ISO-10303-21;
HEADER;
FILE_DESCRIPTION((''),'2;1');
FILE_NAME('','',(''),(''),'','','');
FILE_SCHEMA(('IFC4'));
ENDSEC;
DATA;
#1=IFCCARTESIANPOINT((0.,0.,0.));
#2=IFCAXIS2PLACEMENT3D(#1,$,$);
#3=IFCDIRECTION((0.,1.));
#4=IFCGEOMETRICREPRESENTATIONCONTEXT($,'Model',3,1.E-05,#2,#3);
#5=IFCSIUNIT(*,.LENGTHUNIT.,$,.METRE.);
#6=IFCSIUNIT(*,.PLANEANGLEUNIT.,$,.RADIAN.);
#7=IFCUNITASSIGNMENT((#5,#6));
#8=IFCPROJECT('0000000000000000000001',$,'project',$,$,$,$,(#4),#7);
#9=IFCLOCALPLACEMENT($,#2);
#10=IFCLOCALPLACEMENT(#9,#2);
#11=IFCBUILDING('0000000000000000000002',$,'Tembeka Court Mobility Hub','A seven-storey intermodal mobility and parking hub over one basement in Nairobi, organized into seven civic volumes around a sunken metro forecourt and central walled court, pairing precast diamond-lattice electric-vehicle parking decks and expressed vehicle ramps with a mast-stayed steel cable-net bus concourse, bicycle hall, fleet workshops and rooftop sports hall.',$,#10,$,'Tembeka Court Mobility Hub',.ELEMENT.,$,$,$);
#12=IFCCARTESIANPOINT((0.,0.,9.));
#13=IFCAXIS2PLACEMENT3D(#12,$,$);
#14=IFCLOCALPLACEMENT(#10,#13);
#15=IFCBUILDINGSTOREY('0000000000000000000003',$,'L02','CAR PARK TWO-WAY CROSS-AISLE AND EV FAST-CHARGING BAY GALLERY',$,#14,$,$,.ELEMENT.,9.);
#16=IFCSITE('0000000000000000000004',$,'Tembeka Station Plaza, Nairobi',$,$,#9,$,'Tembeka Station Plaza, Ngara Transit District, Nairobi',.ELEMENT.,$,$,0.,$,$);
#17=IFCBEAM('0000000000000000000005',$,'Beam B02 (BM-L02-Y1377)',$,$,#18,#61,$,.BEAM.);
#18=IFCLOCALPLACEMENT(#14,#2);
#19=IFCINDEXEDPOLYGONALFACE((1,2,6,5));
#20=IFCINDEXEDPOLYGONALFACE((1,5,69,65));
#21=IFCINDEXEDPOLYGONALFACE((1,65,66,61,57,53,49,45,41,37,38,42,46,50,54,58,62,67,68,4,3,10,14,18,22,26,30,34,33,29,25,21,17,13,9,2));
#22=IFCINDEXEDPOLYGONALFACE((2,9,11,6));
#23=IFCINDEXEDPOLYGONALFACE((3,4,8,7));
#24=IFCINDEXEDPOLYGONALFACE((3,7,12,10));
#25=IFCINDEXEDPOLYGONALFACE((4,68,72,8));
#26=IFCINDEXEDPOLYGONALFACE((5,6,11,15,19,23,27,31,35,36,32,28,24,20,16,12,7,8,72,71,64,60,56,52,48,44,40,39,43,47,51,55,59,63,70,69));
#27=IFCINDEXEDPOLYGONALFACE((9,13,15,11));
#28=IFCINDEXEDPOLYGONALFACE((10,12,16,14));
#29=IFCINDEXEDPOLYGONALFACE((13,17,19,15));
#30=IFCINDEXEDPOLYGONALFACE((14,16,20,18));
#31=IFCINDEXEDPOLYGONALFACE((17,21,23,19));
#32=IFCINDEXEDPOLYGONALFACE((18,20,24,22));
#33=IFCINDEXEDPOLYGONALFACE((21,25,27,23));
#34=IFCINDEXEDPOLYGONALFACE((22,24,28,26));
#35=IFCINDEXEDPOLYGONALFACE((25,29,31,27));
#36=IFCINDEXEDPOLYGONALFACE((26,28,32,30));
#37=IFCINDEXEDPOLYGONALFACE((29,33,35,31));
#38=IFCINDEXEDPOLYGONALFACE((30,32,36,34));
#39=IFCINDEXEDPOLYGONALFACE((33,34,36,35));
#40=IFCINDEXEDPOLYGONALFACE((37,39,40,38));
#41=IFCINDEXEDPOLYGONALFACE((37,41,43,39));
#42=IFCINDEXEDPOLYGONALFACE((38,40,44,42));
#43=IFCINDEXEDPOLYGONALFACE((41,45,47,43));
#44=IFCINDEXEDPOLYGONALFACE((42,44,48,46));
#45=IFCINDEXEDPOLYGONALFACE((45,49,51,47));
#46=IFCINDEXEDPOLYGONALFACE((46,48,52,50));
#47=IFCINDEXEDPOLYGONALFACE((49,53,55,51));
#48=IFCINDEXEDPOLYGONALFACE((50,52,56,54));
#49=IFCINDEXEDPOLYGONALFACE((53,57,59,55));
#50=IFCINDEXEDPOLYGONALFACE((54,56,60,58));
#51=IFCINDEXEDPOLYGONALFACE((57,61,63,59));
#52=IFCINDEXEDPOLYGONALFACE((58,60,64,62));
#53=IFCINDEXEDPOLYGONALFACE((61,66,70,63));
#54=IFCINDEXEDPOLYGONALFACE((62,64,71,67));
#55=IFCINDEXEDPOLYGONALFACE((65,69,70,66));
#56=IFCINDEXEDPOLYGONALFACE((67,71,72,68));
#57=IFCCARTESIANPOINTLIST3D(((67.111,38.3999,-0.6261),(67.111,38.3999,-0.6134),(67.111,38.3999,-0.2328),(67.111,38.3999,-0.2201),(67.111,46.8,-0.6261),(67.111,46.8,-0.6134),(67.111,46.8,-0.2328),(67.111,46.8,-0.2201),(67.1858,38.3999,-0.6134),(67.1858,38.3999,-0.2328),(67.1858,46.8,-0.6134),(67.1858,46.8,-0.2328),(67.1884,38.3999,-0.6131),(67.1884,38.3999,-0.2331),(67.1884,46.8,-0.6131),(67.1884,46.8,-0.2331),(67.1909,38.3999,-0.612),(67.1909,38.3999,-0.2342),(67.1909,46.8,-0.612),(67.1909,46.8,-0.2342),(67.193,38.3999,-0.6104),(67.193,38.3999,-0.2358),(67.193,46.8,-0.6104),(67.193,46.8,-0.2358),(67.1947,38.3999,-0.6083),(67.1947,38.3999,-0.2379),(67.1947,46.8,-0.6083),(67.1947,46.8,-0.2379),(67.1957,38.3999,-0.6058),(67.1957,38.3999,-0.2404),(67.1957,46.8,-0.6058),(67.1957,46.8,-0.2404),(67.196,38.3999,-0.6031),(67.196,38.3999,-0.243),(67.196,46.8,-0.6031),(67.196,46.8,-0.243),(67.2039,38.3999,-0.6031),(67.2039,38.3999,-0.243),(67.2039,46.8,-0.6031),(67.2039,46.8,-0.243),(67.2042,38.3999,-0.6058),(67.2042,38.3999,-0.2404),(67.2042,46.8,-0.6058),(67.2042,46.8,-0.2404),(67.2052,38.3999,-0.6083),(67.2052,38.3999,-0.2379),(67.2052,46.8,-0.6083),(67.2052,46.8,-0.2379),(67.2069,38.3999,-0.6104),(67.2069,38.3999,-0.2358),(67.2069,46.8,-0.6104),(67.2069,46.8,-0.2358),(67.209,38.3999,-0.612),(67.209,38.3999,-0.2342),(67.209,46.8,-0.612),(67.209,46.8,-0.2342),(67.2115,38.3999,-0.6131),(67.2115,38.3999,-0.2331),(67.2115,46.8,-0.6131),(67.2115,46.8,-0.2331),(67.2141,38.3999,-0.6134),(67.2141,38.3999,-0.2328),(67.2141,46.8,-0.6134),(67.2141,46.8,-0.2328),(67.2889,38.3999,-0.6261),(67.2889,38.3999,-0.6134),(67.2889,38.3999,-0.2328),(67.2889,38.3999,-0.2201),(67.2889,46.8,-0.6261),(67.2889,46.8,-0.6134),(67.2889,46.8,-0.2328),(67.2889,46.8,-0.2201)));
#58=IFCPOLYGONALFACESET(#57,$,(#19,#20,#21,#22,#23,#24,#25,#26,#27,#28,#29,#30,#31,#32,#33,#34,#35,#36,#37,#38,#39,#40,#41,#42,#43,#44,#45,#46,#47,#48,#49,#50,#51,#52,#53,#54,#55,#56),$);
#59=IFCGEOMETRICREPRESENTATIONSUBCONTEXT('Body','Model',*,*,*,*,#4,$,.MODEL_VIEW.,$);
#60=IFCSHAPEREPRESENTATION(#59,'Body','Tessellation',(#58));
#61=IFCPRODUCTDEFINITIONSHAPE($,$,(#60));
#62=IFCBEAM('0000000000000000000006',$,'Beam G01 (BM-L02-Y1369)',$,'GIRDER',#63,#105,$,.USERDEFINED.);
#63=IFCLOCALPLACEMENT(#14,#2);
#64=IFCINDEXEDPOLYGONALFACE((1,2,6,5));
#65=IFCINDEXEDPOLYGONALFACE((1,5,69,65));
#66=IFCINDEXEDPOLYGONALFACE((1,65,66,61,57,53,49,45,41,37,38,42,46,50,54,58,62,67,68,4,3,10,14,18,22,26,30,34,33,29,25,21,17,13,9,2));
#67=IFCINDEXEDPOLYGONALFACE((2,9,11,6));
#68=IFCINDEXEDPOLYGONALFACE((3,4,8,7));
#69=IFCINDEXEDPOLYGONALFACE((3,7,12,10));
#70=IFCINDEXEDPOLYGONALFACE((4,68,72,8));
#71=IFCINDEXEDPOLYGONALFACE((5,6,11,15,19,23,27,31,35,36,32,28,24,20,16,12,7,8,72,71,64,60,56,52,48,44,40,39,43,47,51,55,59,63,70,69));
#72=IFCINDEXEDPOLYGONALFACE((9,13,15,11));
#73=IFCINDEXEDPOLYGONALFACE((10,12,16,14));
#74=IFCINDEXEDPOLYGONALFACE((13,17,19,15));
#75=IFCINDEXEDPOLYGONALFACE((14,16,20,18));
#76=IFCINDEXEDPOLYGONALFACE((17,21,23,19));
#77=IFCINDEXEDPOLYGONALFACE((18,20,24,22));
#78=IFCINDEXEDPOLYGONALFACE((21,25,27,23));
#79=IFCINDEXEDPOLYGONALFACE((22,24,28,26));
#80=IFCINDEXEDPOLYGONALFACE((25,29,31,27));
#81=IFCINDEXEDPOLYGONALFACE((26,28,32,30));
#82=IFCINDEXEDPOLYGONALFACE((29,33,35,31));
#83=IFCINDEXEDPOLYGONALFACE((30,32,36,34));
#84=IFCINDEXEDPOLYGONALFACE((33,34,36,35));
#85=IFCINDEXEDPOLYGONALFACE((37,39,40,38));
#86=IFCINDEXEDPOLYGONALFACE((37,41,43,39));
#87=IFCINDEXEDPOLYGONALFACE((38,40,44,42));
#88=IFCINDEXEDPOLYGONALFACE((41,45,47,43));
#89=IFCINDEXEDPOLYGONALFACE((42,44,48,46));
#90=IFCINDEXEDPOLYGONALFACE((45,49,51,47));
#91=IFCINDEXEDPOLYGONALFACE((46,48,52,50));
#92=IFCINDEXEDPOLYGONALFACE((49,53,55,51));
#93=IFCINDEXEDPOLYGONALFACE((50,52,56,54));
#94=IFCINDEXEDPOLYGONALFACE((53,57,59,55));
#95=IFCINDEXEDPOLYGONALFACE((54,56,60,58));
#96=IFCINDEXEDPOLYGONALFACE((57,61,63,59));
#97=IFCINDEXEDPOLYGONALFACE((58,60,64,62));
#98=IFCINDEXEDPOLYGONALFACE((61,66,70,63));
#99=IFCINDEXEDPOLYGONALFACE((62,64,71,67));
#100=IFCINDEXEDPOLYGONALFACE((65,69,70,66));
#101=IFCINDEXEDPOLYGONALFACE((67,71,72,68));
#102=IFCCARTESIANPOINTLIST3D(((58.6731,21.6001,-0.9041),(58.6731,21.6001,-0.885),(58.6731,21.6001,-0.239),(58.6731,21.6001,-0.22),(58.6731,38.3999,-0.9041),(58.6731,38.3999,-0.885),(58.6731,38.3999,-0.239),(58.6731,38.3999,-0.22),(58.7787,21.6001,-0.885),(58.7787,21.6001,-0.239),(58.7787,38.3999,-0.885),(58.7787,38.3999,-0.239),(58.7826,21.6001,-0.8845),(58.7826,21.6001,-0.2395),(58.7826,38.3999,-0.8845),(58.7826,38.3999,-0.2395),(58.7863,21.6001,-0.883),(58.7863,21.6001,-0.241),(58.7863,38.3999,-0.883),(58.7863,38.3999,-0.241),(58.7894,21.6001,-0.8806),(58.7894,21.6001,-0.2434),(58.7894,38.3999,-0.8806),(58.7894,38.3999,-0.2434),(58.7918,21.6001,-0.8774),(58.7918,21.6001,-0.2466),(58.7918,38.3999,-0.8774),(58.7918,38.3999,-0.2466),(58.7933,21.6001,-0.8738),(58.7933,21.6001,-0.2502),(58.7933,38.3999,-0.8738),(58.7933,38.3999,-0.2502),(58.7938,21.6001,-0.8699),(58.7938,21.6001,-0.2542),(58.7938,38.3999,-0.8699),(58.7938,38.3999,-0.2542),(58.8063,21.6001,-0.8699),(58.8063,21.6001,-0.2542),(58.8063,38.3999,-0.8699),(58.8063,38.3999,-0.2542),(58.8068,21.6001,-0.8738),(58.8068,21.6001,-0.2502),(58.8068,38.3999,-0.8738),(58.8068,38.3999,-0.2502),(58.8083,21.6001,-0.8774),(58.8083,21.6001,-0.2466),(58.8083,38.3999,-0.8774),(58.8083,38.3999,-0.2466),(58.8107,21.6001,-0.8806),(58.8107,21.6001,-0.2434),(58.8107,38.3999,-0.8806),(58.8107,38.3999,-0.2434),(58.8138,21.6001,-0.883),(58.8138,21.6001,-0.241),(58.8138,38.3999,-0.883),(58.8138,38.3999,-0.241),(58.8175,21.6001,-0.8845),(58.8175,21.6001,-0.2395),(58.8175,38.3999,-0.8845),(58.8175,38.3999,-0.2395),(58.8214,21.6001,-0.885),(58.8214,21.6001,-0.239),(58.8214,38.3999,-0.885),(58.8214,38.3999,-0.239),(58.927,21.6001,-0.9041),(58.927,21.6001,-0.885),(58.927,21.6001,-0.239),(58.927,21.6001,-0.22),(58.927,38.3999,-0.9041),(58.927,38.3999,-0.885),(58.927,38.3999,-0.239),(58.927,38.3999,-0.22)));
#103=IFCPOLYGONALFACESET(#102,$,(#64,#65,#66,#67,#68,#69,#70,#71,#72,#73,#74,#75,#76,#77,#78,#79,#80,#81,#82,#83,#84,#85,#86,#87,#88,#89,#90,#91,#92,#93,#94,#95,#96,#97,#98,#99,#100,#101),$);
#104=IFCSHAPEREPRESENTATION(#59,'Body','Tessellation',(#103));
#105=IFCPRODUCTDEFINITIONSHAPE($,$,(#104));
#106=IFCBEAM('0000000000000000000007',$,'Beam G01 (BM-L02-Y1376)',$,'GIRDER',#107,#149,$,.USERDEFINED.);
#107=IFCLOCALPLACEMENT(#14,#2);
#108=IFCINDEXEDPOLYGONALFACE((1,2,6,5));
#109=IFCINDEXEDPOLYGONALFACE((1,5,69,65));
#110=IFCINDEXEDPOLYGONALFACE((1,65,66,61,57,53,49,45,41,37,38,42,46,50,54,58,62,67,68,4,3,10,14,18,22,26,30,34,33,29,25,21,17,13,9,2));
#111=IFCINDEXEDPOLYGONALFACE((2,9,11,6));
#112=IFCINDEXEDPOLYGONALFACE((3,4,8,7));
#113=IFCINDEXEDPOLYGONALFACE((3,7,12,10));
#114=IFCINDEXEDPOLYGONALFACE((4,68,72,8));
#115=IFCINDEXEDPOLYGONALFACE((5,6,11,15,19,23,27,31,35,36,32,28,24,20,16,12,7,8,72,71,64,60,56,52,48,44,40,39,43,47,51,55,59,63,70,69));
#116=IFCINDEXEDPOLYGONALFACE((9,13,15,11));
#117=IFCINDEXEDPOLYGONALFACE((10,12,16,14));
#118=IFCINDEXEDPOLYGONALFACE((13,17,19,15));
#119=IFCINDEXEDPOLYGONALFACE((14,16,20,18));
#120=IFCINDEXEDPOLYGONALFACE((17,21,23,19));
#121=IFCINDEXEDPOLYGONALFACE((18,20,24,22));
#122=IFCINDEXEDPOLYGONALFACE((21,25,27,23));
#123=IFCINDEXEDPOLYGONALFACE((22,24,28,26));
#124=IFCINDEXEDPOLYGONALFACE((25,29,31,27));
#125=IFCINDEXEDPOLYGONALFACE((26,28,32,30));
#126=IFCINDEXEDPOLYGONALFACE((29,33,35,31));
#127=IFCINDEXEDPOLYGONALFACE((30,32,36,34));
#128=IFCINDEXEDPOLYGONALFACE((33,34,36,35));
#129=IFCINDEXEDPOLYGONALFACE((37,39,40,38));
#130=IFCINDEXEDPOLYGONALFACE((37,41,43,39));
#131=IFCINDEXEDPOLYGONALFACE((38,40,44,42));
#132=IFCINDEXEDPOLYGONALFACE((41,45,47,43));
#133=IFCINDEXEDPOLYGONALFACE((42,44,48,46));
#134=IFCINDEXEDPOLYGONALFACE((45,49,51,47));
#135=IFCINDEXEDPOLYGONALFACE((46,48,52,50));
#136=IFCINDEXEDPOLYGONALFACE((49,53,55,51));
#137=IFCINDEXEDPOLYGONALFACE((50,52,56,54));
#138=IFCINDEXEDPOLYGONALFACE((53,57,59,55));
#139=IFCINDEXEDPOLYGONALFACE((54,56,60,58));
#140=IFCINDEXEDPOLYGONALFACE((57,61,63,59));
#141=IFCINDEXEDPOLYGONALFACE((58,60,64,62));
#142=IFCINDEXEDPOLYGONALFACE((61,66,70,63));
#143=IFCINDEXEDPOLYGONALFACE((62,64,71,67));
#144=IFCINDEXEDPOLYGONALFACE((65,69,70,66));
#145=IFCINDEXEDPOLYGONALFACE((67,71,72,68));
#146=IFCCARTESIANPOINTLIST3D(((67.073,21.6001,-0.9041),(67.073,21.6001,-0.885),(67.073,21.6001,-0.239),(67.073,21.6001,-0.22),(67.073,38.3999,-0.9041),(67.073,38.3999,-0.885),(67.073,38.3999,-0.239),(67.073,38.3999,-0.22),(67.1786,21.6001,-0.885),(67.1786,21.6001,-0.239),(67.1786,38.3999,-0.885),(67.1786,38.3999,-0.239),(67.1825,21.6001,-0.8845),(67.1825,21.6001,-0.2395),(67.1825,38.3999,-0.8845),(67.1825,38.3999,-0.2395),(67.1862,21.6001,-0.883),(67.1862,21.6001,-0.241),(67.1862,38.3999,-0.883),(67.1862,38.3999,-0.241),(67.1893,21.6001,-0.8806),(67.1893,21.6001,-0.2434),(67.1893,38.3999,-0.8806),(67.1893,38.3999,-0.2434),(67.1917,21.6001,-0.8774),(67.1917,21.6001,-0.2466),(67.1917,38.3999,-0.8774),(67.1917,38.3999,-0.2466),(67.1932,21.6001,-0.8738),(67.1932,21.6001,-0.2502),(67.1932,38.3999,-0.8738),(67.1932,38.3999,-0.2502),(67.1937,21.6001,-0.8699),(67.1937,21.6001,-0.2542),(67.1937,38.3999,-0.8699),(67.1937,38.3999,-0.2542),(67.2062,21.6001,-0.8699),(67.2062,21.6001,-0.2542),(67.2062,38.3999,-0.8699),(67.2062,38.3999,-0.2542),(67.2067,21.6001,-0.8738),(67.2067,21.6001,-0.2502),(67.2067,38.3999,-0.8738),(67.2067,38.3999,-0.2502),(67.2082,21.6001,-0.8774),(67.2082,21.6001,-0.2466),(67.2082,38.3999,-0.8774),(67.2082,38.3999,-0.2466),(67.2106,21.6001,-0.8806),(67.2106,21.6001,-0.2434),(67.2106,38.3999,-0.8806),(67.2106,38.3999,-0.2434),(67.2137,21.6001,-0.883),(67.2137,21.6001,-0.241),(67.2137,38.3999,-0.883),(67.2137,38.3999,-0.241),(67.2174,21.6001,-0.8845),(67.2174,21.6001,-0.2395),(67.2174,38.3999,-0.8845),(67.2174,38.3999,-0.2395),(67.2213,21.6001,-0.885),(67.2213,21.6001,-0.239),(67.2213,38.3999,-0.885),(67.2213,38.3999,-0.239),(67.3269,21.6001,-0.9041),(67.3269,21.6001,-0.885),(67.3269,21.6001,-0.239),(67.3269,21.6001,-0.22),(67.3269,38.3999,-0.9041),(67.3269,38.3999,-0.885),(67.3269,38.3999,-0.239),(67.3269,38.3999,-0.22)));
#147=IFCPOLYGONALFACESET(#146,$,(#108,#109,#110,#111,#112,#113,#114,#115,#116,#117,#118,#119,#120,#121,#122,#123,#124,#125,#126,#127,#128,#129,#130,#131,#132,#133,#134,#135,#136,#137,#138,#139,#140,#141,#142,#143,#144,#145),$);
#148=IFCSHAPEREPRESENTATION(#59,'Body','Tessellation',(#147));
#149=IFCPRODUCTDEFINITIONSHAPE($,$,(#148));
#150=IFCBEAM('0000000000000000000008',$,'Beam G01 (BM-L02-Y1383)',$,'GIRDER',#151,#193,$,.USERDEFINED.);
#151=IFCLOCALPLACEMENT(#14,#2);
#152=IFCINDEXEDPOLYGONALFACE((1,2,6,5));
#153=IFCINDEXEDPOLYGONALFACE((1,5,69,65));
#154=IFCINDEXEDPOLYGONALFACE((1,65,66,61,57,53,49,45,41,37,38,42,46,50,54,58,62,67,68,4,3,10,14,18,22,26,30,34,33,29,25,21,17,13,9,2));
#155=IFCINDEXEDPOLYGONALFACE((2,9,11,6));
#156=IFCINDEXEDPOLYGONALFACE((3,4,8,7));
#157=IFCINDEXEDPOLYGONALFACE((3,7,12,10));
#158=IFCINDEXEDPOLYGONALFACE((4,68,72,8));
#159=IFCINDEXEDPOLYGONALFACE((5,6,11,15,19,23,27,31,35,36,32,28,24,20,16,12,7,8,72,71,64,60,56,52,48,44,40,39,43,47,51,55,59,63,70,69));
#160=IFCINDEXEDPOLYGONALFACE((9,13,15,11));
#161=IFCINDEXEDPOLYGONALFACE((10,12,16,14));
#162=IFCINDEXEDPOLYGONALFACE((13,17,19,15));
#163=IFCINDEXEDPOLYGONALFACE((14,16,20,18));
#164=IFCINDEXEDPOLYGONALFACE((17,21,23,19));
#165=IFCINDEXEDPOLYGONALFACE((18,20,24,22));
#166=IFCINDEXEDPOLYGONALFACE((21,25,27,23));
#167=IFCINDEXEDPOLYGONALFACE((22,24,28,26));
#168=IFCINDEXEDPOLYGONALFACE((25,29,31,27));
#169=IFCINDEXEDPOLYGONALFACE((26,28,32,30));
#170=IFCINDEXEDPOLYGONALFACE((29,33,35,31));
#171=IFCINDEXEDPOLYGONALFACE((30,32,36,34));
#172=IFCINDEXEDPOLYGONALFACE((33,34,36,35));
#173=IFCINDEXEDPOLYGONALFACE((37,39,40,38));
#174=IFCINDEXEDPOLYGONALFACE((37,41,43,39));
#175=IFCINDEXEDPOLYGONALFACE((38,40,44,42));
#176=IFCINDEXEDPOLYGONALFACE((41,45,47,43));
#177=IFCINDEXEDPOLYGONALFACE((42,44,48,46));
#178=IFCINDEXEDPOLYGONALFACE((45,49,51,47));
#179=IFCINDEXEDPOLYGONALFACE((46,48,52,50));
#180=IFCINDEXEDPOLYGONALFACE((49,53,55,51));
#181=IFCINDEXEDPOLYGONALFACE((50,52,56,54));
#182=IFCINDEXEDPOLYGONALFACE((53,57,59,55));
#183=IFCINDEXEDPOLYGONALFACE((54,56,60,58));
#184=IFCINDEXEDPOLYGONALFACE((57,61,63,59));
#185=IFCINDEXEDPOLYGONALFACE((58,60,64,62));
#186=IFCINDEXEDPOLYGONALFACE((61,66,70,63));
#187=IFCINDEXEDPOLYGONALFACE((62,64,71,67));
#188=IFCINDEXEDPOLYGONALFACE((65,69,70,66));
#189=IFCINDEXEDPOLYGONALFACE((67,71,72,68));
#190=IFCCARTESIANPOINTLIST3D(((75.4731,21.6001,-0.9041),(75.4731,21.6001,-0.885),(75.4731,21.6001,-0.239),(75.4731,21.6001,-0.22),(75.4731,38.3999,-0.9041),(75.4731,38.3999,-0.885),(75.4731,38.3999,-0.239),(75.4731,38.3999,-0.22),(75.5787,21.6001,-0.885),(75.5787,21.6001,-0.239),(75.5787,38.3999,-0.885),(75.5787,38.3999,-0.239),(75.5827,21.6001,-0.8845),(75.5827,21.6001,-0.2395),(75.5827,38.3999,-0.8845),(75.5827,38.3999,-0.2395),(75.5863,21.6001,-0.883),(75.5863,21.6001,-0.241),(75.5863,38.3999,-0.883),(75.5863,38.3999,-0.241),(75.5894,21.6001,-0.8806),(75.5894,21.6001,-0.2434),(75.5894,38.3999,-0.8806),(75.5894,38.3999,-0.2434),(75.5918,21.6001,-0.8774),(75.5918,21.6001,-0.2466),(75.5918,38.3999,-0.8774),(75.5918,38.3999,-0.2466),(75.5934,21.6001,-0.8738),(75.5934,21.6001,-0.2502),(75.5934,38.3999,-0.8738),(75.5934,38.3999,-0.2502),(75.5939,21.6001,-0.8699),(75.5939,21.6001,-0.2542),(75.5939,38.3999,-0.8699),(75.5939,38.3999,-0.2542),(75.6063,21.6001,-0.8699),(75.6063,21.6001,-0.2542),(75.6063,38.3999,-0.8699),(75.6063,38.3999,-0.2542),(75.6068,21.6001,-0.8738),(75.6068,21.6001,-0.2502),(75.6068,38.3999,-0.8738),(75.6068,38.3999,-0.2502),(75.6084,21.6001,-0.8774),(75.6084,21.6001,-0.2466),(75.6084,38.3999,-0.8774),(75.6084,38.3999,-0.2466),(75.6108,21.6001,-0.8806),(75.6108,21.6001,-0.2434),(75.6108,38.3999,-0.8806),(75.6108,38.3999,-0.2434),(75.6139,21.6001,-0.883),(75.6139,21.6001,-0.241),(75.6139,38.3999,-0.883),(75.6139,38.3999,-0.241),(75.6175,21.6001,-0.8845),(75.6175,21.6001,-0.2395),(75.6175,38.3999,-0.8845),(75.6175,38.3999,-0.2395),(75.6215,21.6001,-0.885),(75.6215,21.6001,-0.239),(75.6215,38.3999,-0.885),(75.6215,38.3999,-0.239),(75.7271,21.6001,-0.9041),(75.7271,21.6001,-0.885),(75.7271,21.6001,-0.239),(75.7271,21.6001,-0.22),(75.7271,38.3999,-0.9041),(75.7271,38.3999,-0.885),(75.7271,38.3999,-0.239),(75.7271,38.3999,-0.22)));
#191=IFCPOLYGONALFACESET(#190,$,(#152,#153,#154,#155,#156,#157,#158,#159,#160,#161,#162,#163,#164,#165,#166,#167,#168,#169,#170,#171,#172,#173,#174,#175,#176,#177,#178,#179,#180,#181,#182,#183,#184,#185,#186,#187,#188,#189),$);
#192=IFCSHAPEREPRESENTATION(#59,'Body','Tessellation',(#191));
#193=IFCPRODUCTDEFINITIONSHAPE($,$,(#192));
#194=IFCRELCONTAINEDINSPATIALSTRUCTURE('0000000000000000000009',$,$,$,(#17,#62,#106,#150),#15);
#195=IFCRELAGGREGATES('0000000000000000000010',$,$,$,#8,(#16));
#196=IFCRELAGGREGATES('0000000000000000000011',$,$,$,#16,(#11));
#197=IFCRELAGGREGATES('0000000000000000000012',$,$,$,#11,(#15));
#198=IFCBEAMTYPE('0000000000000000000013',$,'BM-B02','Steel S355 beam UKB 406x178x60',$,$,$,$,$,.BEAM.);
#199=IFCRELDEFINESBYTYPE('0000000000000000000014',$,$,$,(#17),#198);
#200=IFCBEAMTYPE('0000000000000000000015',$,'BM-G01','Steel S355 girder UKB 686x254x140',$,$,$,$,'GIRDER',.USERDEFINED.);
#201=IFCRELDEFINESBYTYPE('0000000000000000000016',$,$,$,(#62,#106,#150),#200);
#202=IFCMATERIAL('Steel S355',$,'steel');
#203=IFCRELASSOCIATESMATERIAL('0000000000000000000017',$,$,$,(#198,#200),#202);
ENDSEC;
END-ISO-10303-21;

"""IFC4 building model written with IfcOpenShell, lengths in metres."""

from ifc_helpers import new_model, si_unit, direction, frame, origin, origin_2d, place, context, subcontext, project, spatial, i_section, extrude, material, material_profile, profile_set, type_object, element, save


model = new_model("IFC4")

# Units and contexts
model_context = context("Model", 3, precision=1e-05, world=origin(), true_north=direction((0.0, 1.0)))
body_context = subcontext(model_context, "Body", "Model", "MODEL_VIEW")
ifc_project = project(units=[si_unit("LENGTHUNIT", "METRE"), si_unit("PLANEANGLEUNIT", "RADIAN")], contexts=[model_context])

# Site, building, storey
site_placement = place(None, origin())
site = spatial("IfcSite", under=ifc_project, at=site_placement, Name="Tembeka Station Plaza, Nairobi", LongName="Tembeka Station Plaza, Ngara Transit District, Nairobi", CompositionType="ELEMENT", RefElevation=0.0)
building_placement = place(site_placement, origin())
building = spatial("IfcBuilding", under=site, at=building_placement, Name="Tembeka Court Mobility Hub", Description="A seven-storey intermodal mobility and parking hub over one basement in Nairobi, organized into seven civic volumes around a sunken metro forecourt and central walled court, pairing precast diamond-lattice electric-vehicle parking decks and expressed vehicle ramps with a mast-stayed steel cable-net bus concourse, bicycle hall, fleet workshops and rooftop sports hall.", LongName="Tembeka Court Mobility Hub", CompositionType="ELEMENT")
storey_placement = place(building_placement, frame((0.0, 0.0, 9.0)))
storey = spatial("IfcBuildingStorey", under=building, at=storey_placement, Name="L02", Description="CAR PARK TWO-WAY CROSS-AISLE AND EV FAST-CHARGING BAY GALLERY", CompositionType="ELEMENT", Elevation=9.0)

# Shared definitions
ifc_material_1 = material(Name="Steel S355", Category="steel")

# Beams
ifc_material_profile_1 = material_profile(ifc_material_1, i_section(OverallWidth=0.178, OverallDepth=0.406, WebThickness=0.0078, FlangeThickness=0.0127, FilletRadius=0.0103, at=origin_2d()), Name="UKB 406x178x60")
ifc_profile_set_1 = profile_set([ifc_material_profile_1], Name="Steel S355")
beam_type_1 = type_object("IfcBeamType", Name="BM-B02", Description="Steel S355 beam UKB 406x178x60", PredefinedType="BEAM", material=ifc_profile_set_1)
for number, where, z_axis, x_axis, name in (
    (1, (67.2, 38.3999, -0.4231), (0.0, 1.0, 0.0), (-1.0, 0.0, 0.0), "Beam B02 (BM-L02-Y1377)"),
):
    element("IfcBeam", number, at=place(storey_placement, frame(where, z_axis=z_axis, x_axis=x_axis)), inside=storey, type_object=beam_type_1, Name=name, PredefinedType="BEAM", context=body_context, shape_type="SweptSolid", body=[
        extrude(i_section(OverallWidth=0.178, OverallDepth=0.406, WebThickness=0.0078, FlangeThickness=0.0127, FilletRadius=0.0103, at=origin_2d()), origin(), (0.0, 0.0, 1.0), 8.4001),
    ])
ifc_material_profile_2 = material_profile(ifc_material_1, i_section(OverallWidth=0.2539, OverallDepth=0.6841, WebThickness=0.0125, FlangeThickness=0.019, FilletRadius=0.0151, at=origin_2d()), Name="UKB 686x254x140")
ifc_profile_set_2 = profile_set([ifc_material_profile_2], Name="Steel S355")
beam_type_2 = type_object("IfcBeamType", Name="BM-G01", Description="Steel S355 girder UKB 686x254x140", ElementType="GIRDER", PredefinedType="USERDEFINED", material=ifc_profile_set_2)
for number, where, z_axis, x_axis, name in (
    (2, (58.8, 21.6001, -0.562), (0.0, 1.0, 0.0), (-1.0, 0.0, 0.0), "Beam G01 (BM-L02-Y1369)"),
    (3, (67.2, 21.6001, -0.562), (0.0, 1.0, 0.0), (-1.0, 0.0, 0.0), "Beam G01 (BM-L02-Y1376)"),
    (4, (75.6001, 21.6001, -0.562), (0.0, 1.0, 0.0), (-1.0, 0.0, 0.0), "Beam G01 (BM-L02-Y1383)"),
):
    element("IfcBeam", number, at=place(storey_placement, frame(where, z_axis=z_axis, x_axis=x_axis)), inside=storey, type_object=beam_type_2, Name=name, ObjectType="GIRDER", PredefinedType="USERDEFINED", context=body_context, shape_type="SweptSolid", body=[
        extrude(i_section(OverallWidth=0.2539, OverallDepth=0.6841, WebThickness=0.0125, FlangeThickness=0.019, FilletRadius=0.0151, at=origin_2d()), origin(), (0.0, 0.0, 1.0), 16.7998),
    ])

save(model, "model.ifc")
